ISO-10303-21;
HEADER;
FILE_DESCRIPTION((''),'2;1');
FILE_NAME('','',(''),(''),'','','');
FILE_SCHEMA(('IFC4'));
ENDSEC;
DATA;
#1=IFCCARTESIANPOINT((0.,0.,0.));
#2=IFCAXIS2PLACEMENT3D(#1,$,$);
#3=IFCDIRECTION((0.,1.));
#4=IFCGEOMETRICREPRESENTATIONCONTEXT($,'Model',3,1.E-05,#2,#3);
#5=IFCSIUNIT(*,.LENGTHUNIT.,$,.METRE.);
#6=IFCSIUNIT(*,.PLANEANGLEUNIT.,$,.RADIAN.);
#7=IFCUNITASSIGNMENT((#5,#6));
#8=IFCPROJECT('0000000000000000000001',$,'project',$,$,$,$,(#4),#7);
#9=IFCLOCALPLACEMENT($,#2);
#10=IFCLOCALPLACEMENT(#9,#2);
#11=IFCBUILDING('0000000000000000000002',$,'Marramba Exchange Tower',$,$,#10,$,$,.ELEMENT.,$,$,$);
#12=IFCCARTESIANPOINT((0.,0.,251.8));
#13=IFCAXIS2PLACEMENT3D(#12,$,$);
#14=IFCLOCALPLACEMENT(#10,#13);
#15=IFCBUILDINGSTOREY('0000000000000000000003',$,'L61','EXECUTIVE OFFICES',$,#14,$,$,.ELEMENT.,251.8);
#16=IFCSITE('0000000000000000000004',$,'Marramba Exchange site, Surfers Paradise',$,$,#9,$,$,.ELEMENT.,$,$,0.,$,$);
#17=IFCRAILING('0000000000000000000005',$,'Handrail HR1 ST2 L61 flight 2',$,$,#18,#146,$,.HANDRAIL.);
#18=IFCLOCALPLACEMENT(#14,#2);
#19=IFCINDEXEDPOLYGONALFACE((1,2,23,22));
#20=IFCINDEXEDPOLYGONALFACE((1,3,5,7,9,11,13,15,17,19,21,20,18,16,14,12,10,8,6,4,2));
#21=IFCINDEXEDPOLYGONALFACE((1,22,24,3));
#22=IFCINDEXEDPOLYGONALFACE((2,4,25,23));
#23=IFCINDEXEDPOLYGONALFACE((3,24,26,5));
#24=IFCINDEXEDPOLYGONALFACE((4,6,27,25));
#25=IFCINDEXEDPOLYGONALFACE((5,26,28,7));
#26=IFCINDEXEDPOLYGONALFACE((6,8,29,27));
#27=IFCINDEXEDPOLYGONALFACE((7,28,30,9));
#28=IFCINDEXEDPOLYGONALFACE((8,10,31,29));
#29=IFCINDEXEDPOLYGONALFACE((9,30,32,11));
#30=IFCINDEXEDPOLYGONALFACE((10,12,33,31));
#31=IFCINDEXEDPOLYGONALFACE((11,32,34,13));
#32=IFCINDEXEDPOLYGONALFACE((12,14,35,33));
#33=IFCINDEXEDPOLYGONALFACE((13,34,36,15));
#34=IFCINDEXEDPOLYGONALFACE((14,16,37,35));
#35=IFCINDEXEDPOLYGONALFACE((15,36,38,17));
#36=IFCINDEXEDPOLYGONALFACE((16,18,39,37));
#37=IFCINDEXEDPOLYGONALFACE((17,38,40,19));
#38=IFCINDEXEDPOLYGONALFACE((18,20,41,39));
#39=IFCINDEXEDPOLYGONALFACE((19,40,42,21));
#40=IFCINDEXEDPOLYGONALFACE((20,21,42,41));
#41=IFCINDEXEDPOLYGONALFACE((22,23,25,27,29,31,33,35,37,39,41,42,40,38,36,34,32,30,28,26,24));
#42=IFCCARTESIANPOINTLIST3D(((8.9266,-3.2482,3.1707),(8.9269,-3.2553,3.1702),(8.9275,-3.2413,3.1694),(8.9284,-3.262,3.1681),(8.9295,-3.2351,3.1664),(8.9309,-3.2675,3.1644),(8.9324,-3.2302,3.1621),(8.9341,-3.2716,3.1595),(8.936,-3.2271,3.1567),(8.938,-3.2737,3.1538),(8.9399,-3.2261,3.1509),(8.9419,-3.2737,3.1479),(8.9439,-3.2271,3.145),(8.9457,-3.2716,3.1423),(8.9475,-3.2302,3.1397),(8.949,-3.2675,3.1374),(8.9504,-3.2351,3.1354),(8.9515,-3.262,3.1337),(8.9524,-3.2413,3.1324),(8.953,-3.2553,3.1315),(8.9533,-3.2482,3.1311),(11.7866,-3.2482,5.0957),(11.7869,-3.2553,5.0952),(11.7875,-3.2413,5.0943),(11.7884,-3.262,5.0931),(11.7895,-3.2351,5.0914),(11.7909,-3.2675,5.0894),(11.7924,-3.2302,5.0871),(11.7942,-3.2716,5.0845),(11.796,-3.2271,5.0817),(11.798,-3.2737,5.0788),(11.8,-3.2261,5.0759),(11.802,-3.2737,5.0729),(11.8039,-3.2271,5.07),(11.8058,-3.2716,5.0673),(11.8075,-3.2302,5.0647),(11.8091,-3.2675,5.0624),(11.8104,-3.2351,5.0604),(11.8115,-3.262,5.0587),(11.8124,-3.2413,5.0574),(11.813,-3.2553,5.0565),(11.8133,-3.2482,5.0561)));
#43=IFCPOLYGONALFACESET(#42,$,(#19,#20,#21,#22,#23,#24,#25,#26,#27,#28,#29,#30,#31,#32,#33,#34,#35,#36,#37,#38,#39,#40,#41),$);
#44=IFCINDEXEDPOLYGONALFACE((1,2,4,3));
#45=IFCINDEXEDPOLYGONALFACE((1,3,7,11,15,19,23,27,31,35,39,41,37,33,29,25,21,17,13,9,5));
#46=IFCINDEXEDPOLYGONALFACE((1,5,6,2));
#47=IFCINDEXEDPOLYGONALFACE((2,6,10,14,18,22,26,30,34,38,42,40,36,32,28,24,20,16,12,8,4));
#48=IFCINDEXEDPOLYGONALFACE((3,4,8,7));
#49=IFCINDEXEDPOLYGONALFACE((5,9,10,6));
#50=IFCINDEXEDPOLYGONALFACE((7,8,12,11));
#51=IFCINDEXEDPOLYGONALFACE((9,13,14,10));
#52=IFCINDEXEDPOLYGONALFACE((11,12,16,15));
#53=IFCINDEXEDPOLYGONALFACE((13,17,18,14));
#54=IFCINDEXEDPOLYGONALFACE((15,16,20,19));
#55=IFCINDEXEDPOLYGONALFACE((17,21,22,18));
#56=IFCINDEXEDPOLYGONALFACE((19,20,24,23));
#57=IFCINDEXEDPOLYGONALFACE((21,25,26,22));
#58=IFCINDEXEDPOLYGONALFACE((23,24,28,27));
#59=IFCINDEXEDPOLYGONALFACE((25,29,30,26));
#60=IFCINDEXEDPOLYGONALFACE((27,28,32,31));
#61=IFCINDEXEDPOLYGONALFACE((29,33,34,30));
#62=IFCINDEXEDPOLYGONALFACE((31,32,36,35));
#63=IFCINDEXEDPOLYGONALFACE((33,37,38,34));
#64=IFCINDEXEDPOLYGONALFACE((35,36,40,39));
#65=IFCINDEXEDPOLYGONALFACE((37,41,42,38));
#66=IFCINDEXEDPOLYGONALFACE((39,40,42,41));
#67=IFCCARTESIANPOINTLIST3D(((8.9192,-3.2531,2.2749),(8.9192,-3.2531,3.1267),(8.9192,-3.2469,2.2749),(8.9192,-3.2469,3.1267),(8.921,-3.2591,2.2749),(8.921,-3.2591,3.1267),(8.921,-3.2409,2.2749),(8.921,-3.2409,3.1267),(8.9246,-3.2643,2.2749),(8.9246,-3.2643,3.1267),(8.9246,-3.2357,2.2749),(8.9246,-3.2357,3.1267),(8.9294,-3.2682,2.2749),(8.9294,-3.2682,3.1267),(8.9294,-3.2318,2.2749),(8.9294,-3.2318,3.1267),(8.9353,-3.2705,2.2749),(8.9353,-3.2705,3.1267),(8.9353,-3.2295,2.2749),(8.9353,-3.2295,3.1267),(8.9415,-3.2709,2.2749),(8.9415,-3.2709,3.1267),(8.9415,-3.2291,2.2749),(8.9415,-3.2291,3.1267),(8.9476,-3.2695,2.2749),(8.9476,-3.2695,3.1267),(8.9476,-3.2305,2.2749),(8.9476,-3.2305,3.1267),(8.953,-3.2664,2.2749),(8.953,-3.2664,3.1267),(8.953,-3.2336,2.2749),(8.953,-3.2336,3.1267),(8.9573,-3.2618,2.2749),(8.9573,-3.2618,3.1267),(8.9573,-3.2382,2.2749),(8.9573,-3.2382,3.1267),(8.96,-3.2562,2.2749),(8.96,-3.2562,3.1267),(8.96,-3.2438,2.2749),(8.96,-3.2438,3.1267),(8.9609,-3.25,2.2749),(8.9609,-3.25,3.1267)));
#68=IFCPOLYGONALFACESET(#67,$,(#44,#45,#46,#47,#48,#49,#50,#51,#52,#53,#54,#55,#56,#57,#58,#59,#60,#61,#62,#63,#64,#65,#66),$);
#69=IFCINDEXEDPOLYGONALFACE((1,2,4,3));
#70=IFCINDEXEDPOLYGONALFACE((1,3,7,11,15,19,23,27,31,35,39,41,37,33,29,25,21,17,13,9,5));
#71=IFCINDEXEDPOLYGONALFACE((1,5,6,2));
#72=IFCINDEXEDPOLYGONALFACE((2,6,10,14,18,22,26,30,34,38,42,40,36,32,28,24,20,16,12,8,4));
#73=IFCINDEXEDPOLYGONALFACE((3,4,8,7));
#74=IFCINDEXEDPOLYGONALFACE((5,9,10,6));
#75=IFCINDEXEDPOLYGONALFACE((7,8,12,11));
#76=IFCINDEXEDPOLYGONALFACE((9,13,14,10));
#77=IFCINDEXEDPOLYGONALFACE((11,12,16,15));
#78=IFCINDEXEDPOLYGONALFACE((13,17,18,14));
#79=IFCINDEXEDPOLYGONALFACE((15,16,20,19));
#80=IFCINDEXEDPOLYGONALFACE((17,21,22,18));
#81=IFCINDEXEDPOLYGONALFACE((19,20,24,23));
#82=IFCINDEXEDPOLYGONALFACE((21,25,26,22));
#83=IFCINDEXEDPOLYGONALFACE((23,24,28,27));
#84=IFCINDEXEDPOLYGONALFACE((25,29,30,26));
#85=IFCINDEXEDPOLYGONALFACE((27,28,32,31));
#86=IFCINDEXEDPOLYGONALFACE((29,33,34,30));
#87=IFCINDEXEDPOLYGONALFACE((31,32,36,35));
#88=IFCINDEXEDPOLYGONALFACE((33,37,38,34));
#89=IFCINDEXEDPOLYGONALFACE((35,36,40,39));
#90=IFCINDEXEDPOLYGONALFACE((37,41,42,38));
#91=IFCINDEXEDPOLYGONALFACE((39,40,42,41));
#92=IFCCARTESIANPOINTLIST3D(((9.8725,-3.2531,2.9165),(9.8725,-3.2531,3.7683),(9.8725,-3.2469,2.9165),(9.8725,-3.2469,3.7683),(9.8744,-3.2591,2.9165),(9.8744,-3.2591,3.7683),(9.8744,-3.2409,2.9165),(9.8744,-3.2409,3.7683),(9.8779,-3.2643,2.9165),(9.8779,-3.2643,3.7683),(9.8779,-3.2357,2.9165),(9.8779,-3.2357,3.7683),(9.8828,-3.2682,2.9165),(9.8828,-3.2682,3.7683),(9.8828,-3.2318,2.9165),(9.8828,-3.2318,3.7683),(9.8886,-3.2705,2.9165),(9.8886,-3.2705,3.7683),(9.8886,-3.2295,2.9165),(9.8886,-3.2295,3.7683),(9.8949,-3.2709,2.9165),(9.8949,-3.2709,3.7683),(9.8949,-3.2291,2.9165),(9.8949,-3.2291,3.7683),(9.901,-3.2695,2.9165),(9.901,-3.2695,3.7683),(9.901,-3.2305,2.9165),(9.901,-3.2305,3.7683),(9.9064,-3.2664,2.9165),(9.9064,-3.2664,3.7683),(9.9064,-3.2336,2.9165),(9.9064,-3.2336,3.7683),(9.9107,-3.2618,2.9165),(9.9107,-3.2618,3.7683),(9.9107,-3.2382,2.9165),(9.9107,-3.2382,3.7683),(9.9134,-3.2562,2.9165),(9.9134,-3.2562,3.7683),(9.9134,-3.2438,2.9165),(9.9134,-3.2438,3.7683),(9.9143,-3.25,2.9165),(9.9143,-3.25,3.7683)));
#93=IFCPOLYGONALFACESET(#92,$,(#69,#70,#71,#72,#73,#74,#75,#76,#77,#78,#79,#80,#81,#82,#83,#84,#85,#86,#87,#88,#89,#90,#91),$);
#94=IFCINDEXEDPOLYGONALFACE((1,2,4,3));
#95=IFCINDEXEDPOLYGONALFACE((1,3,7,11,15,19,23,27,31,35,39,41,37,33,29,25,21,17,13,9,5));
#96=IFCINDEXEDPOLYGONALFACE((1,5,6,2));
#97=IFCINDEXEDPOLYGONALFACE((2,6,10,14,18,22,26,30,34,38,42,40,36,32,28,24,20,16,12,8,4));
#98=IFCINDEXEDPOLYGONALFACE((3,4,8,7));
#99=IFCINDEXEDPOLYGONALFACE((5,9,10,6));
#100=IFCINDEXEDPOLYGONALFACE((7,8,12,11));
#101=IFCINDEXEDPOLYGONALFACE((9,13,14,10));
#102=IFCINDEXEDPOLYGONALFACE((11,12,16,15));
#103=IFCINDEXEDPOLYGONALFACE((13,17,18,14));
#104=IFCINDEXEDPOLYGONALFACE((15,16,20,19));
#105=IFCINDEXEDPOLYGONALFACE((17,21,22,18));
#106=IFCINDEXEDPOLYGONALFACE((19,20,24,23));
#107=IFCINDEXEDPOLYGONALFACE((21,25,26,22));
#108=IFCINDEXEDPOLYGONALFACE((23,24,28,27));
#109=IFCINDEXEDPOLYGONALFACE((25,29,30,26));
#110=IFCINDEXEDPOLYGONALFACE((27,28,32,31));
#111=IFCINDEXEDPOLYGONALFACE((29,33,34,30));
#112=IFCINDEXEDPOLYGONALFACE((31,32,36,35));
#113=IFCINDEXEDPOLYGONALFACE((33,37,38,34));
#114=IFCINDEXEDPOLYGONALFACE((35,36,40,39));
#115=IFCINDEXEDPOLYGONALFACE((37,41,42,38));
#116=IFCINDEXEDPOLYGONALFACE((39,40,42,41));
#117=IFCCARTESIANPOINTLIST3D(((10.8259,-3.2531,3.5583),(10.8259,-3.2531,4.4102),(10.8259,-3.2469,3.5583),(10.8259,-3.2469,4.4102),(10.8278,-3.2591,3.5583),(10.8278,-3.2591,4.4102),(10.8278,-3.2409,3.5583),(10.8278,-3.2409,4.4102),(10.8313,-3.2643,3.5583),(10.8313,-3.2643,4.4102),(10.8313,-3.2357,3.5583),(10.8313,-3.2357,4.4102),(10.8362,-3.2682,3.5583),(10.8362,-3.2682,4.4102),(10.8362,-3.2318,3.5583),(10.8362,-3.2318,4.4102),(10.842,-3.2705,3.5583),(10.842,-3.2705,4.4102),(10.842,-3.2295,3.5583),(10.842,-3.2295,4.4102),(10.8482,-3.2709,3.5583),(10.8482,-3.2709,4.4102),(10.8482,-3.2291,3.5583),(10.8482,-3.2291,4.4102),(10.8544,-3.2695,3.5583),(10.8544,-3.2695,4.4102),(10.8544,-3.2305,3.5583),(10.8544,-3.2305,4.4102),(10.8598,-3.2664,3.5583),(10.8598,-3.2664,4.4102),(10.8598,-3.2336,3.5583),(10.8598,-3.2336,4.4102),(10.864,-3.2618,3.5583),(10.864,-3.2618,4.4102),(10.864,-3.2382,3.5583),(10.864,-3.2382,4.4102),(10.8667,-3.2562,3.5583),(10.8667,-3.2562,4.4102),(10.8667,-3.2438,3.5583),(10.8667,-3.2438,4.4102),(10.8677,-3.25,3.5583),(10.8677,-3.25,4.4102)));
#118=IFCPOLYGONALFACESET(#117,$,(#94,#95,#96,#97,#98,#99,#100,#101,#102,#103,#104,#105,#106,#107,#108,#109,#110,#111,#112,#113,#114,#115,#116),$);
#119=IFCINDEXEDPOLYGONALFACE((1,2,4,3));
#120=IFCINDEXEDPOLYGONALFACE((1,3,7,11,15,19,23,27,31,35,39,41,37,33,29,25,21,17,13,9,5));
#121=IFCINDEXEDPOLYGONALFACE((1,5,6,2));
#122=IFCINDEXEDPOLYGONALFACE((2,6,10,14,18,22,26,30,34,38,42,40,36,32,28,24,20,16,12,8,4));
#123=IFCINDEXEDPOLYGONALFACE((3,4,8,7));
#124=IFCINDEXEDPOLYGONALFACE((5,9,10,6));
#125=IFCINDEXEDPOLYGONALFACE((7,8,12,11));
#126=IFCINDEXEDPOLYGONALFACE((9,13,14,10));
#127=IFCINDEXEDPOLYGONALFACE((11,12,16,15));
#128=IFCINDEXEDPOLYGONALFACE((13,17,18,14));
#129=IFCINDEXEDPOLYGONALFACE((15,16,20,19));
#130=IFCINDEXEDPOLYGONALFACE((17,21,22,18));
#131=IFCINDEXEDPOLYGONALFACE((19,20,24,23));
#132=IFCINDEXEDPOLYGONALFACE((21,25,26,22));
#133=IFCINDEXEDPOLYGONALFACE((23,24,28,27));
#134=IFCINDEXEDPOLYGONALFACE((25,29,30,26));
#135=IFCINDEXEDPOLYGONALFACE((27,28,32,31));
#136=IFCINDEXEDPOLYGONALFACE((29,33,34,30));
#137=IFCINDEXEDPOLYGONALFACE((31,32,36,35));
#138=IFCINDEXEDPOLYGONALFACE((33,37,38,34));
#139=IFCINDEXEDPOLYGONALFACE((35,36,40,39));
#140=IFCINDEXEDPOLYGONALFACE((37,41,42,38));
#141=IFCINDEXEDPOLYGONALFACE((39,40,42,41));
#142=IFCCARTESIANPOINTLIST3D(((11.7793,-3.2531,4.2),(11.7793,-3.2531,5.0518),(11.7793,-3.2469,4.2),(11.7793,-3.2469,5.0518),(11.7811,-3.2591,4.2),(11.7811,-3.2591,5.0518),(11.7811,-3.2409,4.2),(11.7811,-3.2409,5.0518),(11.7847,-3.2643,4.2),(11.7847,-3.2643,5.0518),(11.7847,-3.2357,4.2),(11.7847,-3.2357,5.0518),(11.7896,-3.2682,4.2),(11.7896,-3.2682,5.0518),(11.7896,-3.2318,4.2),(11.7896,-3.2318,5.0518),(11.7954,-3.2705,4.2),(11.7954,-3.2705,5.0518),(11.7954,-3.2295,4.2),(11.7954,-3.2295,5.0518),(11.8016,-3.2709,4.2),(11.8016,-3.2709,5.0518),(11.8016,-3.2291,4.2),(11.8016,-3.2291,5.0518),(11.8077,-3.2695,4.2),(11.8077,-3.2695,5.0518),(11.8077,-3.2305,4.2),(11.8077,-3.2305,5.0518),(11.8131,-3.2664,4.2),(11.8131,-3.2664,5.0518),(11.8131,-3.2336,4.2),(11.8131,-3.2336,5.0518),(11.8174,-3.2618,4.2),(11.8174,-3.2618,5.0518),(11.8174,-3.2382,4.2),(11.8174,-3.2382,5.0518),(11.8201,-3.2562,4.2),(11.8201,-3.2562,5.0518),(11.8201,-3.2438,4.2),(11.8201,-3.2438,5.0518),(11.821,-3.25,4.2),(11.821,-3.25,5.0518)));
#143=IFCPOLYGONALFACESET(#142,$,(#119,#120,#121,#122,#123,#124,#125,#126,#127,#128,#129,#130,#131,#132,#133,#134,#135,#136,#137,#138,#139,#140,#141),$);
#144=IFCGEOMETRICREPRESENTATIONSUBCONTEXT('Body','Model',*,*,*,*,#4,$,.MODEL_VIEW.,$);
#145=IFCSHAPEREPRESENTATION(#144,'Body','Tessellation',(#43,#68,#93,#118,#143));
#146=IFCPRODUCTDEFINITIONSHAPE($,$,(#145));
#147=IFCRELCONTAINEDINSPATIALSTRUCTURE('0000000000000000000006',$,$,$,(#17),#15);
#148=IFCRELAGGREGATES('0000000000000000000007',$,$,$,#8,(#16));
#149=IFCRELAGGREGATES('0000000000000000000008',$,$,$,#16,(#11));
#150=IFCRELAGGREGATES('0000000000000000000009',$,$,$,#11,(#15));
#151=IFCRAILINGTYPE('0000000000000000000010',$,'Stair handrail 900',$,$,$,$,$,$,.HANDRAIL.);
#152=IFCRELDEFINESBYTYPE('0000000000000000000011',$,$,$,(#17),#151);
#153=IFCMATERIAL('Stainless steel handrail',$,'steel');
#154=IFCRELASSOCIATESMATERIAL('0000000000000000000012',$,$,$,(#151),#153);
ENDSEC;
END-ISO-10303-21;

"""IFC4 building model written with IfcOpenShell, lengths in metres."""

from ifc_helpers import new_model, si_unit, direction, frame, origin, origin_2d, place, context, subcontext, project, spatial, circle, extrude, material, type_object, element, save


model = new_model("IFC4")

# Units and contexts
model_context = context("Model", 3, precision=1e-05, world=origin(), true_north=direction((0.0, 1.0)))
body_context = subcontext(model_context, "Body", "Model", "MODEL_VIEW")
ifc_project = project(units=[si_unit("LENGTHUNIT", "METRE"), si_unit("PLANEANGLEUNIT", "RADIAN")], contexts=[model_context])

# Site, building, storey
site_placement = place(None, origin())
site = spatial("IfcSite", under=ifc_project, at=site_placement, Name="Marramba Exchange site, Surfers Paradise", CompositionType="ELEMENT", RefElevation=0.0)
building_placement = place(site_placement, origin())
building = spatial("IfcBuilding", under=site, at=building_placement, Name="Marramba Exchange Tower", CompositionType="ELEMENT")
storey_placement = place(building_placement, frame((0.0, 0.0, 251.8)))
storey = spatial("IfcBuildingStorey", under=building, at=storey_placement, Name="L61", Description="EXECUTIVE OFFICES", CompositionType="ELEMENT", Elevation=251.8)

# Railing
ifc_material_1 = material(Name="Stainless steel handrail", Category="steel")
railing_type = type_object("IfcRailingType", Name="Stair handrail 900", PredefinedType="HANDRAIL", material=ifc_material_1)
railing_placement = place(storey_placement, frame((8.9399, -3.25, 2.2749)))
element("IfcRailing", 1, at=railing_placement, inside=storey, type_object=railing_type, Name="Handrail HR1 ST2 L61 flight 2", PredefinedType="HANDRAIL", context=body_context, shape_type="SweptSolid", body=[
    extrude(circle(Radius=0.0239, at=origin_2d()), frame((0.0, 0.0, 0.876), z_axis=(0.829591, 0.0, 0.558372), x_axis=(0.0, 1.0, 0.0)), (0.0, 0.0, 1.0), 3.4475),
    extrude(circle(Radius=0.021, at=origin_2d()), origin(), (0.0, 0.0, 1.0), 0.8518),
    extrude(circle(Radius=0.021, at=origin_2d()), frame((0.9534, 0.0, 0.6416)), (0.0, 0.0, 1.0), 0.8518),
    extrude(circle(Radius=0.021, at=origin_2d()), frame((1.9067, 0.0, 1.2834)), (0.0, 0.0, 1.0), 0.8518),
    extrude(circle(Radius=0.021, at=origin_2d()), frame((2.8601, 0.0, 1.925)), (0.0, 0.0, 1.0), 0.8518),
])

save(model, "model.ifc")
